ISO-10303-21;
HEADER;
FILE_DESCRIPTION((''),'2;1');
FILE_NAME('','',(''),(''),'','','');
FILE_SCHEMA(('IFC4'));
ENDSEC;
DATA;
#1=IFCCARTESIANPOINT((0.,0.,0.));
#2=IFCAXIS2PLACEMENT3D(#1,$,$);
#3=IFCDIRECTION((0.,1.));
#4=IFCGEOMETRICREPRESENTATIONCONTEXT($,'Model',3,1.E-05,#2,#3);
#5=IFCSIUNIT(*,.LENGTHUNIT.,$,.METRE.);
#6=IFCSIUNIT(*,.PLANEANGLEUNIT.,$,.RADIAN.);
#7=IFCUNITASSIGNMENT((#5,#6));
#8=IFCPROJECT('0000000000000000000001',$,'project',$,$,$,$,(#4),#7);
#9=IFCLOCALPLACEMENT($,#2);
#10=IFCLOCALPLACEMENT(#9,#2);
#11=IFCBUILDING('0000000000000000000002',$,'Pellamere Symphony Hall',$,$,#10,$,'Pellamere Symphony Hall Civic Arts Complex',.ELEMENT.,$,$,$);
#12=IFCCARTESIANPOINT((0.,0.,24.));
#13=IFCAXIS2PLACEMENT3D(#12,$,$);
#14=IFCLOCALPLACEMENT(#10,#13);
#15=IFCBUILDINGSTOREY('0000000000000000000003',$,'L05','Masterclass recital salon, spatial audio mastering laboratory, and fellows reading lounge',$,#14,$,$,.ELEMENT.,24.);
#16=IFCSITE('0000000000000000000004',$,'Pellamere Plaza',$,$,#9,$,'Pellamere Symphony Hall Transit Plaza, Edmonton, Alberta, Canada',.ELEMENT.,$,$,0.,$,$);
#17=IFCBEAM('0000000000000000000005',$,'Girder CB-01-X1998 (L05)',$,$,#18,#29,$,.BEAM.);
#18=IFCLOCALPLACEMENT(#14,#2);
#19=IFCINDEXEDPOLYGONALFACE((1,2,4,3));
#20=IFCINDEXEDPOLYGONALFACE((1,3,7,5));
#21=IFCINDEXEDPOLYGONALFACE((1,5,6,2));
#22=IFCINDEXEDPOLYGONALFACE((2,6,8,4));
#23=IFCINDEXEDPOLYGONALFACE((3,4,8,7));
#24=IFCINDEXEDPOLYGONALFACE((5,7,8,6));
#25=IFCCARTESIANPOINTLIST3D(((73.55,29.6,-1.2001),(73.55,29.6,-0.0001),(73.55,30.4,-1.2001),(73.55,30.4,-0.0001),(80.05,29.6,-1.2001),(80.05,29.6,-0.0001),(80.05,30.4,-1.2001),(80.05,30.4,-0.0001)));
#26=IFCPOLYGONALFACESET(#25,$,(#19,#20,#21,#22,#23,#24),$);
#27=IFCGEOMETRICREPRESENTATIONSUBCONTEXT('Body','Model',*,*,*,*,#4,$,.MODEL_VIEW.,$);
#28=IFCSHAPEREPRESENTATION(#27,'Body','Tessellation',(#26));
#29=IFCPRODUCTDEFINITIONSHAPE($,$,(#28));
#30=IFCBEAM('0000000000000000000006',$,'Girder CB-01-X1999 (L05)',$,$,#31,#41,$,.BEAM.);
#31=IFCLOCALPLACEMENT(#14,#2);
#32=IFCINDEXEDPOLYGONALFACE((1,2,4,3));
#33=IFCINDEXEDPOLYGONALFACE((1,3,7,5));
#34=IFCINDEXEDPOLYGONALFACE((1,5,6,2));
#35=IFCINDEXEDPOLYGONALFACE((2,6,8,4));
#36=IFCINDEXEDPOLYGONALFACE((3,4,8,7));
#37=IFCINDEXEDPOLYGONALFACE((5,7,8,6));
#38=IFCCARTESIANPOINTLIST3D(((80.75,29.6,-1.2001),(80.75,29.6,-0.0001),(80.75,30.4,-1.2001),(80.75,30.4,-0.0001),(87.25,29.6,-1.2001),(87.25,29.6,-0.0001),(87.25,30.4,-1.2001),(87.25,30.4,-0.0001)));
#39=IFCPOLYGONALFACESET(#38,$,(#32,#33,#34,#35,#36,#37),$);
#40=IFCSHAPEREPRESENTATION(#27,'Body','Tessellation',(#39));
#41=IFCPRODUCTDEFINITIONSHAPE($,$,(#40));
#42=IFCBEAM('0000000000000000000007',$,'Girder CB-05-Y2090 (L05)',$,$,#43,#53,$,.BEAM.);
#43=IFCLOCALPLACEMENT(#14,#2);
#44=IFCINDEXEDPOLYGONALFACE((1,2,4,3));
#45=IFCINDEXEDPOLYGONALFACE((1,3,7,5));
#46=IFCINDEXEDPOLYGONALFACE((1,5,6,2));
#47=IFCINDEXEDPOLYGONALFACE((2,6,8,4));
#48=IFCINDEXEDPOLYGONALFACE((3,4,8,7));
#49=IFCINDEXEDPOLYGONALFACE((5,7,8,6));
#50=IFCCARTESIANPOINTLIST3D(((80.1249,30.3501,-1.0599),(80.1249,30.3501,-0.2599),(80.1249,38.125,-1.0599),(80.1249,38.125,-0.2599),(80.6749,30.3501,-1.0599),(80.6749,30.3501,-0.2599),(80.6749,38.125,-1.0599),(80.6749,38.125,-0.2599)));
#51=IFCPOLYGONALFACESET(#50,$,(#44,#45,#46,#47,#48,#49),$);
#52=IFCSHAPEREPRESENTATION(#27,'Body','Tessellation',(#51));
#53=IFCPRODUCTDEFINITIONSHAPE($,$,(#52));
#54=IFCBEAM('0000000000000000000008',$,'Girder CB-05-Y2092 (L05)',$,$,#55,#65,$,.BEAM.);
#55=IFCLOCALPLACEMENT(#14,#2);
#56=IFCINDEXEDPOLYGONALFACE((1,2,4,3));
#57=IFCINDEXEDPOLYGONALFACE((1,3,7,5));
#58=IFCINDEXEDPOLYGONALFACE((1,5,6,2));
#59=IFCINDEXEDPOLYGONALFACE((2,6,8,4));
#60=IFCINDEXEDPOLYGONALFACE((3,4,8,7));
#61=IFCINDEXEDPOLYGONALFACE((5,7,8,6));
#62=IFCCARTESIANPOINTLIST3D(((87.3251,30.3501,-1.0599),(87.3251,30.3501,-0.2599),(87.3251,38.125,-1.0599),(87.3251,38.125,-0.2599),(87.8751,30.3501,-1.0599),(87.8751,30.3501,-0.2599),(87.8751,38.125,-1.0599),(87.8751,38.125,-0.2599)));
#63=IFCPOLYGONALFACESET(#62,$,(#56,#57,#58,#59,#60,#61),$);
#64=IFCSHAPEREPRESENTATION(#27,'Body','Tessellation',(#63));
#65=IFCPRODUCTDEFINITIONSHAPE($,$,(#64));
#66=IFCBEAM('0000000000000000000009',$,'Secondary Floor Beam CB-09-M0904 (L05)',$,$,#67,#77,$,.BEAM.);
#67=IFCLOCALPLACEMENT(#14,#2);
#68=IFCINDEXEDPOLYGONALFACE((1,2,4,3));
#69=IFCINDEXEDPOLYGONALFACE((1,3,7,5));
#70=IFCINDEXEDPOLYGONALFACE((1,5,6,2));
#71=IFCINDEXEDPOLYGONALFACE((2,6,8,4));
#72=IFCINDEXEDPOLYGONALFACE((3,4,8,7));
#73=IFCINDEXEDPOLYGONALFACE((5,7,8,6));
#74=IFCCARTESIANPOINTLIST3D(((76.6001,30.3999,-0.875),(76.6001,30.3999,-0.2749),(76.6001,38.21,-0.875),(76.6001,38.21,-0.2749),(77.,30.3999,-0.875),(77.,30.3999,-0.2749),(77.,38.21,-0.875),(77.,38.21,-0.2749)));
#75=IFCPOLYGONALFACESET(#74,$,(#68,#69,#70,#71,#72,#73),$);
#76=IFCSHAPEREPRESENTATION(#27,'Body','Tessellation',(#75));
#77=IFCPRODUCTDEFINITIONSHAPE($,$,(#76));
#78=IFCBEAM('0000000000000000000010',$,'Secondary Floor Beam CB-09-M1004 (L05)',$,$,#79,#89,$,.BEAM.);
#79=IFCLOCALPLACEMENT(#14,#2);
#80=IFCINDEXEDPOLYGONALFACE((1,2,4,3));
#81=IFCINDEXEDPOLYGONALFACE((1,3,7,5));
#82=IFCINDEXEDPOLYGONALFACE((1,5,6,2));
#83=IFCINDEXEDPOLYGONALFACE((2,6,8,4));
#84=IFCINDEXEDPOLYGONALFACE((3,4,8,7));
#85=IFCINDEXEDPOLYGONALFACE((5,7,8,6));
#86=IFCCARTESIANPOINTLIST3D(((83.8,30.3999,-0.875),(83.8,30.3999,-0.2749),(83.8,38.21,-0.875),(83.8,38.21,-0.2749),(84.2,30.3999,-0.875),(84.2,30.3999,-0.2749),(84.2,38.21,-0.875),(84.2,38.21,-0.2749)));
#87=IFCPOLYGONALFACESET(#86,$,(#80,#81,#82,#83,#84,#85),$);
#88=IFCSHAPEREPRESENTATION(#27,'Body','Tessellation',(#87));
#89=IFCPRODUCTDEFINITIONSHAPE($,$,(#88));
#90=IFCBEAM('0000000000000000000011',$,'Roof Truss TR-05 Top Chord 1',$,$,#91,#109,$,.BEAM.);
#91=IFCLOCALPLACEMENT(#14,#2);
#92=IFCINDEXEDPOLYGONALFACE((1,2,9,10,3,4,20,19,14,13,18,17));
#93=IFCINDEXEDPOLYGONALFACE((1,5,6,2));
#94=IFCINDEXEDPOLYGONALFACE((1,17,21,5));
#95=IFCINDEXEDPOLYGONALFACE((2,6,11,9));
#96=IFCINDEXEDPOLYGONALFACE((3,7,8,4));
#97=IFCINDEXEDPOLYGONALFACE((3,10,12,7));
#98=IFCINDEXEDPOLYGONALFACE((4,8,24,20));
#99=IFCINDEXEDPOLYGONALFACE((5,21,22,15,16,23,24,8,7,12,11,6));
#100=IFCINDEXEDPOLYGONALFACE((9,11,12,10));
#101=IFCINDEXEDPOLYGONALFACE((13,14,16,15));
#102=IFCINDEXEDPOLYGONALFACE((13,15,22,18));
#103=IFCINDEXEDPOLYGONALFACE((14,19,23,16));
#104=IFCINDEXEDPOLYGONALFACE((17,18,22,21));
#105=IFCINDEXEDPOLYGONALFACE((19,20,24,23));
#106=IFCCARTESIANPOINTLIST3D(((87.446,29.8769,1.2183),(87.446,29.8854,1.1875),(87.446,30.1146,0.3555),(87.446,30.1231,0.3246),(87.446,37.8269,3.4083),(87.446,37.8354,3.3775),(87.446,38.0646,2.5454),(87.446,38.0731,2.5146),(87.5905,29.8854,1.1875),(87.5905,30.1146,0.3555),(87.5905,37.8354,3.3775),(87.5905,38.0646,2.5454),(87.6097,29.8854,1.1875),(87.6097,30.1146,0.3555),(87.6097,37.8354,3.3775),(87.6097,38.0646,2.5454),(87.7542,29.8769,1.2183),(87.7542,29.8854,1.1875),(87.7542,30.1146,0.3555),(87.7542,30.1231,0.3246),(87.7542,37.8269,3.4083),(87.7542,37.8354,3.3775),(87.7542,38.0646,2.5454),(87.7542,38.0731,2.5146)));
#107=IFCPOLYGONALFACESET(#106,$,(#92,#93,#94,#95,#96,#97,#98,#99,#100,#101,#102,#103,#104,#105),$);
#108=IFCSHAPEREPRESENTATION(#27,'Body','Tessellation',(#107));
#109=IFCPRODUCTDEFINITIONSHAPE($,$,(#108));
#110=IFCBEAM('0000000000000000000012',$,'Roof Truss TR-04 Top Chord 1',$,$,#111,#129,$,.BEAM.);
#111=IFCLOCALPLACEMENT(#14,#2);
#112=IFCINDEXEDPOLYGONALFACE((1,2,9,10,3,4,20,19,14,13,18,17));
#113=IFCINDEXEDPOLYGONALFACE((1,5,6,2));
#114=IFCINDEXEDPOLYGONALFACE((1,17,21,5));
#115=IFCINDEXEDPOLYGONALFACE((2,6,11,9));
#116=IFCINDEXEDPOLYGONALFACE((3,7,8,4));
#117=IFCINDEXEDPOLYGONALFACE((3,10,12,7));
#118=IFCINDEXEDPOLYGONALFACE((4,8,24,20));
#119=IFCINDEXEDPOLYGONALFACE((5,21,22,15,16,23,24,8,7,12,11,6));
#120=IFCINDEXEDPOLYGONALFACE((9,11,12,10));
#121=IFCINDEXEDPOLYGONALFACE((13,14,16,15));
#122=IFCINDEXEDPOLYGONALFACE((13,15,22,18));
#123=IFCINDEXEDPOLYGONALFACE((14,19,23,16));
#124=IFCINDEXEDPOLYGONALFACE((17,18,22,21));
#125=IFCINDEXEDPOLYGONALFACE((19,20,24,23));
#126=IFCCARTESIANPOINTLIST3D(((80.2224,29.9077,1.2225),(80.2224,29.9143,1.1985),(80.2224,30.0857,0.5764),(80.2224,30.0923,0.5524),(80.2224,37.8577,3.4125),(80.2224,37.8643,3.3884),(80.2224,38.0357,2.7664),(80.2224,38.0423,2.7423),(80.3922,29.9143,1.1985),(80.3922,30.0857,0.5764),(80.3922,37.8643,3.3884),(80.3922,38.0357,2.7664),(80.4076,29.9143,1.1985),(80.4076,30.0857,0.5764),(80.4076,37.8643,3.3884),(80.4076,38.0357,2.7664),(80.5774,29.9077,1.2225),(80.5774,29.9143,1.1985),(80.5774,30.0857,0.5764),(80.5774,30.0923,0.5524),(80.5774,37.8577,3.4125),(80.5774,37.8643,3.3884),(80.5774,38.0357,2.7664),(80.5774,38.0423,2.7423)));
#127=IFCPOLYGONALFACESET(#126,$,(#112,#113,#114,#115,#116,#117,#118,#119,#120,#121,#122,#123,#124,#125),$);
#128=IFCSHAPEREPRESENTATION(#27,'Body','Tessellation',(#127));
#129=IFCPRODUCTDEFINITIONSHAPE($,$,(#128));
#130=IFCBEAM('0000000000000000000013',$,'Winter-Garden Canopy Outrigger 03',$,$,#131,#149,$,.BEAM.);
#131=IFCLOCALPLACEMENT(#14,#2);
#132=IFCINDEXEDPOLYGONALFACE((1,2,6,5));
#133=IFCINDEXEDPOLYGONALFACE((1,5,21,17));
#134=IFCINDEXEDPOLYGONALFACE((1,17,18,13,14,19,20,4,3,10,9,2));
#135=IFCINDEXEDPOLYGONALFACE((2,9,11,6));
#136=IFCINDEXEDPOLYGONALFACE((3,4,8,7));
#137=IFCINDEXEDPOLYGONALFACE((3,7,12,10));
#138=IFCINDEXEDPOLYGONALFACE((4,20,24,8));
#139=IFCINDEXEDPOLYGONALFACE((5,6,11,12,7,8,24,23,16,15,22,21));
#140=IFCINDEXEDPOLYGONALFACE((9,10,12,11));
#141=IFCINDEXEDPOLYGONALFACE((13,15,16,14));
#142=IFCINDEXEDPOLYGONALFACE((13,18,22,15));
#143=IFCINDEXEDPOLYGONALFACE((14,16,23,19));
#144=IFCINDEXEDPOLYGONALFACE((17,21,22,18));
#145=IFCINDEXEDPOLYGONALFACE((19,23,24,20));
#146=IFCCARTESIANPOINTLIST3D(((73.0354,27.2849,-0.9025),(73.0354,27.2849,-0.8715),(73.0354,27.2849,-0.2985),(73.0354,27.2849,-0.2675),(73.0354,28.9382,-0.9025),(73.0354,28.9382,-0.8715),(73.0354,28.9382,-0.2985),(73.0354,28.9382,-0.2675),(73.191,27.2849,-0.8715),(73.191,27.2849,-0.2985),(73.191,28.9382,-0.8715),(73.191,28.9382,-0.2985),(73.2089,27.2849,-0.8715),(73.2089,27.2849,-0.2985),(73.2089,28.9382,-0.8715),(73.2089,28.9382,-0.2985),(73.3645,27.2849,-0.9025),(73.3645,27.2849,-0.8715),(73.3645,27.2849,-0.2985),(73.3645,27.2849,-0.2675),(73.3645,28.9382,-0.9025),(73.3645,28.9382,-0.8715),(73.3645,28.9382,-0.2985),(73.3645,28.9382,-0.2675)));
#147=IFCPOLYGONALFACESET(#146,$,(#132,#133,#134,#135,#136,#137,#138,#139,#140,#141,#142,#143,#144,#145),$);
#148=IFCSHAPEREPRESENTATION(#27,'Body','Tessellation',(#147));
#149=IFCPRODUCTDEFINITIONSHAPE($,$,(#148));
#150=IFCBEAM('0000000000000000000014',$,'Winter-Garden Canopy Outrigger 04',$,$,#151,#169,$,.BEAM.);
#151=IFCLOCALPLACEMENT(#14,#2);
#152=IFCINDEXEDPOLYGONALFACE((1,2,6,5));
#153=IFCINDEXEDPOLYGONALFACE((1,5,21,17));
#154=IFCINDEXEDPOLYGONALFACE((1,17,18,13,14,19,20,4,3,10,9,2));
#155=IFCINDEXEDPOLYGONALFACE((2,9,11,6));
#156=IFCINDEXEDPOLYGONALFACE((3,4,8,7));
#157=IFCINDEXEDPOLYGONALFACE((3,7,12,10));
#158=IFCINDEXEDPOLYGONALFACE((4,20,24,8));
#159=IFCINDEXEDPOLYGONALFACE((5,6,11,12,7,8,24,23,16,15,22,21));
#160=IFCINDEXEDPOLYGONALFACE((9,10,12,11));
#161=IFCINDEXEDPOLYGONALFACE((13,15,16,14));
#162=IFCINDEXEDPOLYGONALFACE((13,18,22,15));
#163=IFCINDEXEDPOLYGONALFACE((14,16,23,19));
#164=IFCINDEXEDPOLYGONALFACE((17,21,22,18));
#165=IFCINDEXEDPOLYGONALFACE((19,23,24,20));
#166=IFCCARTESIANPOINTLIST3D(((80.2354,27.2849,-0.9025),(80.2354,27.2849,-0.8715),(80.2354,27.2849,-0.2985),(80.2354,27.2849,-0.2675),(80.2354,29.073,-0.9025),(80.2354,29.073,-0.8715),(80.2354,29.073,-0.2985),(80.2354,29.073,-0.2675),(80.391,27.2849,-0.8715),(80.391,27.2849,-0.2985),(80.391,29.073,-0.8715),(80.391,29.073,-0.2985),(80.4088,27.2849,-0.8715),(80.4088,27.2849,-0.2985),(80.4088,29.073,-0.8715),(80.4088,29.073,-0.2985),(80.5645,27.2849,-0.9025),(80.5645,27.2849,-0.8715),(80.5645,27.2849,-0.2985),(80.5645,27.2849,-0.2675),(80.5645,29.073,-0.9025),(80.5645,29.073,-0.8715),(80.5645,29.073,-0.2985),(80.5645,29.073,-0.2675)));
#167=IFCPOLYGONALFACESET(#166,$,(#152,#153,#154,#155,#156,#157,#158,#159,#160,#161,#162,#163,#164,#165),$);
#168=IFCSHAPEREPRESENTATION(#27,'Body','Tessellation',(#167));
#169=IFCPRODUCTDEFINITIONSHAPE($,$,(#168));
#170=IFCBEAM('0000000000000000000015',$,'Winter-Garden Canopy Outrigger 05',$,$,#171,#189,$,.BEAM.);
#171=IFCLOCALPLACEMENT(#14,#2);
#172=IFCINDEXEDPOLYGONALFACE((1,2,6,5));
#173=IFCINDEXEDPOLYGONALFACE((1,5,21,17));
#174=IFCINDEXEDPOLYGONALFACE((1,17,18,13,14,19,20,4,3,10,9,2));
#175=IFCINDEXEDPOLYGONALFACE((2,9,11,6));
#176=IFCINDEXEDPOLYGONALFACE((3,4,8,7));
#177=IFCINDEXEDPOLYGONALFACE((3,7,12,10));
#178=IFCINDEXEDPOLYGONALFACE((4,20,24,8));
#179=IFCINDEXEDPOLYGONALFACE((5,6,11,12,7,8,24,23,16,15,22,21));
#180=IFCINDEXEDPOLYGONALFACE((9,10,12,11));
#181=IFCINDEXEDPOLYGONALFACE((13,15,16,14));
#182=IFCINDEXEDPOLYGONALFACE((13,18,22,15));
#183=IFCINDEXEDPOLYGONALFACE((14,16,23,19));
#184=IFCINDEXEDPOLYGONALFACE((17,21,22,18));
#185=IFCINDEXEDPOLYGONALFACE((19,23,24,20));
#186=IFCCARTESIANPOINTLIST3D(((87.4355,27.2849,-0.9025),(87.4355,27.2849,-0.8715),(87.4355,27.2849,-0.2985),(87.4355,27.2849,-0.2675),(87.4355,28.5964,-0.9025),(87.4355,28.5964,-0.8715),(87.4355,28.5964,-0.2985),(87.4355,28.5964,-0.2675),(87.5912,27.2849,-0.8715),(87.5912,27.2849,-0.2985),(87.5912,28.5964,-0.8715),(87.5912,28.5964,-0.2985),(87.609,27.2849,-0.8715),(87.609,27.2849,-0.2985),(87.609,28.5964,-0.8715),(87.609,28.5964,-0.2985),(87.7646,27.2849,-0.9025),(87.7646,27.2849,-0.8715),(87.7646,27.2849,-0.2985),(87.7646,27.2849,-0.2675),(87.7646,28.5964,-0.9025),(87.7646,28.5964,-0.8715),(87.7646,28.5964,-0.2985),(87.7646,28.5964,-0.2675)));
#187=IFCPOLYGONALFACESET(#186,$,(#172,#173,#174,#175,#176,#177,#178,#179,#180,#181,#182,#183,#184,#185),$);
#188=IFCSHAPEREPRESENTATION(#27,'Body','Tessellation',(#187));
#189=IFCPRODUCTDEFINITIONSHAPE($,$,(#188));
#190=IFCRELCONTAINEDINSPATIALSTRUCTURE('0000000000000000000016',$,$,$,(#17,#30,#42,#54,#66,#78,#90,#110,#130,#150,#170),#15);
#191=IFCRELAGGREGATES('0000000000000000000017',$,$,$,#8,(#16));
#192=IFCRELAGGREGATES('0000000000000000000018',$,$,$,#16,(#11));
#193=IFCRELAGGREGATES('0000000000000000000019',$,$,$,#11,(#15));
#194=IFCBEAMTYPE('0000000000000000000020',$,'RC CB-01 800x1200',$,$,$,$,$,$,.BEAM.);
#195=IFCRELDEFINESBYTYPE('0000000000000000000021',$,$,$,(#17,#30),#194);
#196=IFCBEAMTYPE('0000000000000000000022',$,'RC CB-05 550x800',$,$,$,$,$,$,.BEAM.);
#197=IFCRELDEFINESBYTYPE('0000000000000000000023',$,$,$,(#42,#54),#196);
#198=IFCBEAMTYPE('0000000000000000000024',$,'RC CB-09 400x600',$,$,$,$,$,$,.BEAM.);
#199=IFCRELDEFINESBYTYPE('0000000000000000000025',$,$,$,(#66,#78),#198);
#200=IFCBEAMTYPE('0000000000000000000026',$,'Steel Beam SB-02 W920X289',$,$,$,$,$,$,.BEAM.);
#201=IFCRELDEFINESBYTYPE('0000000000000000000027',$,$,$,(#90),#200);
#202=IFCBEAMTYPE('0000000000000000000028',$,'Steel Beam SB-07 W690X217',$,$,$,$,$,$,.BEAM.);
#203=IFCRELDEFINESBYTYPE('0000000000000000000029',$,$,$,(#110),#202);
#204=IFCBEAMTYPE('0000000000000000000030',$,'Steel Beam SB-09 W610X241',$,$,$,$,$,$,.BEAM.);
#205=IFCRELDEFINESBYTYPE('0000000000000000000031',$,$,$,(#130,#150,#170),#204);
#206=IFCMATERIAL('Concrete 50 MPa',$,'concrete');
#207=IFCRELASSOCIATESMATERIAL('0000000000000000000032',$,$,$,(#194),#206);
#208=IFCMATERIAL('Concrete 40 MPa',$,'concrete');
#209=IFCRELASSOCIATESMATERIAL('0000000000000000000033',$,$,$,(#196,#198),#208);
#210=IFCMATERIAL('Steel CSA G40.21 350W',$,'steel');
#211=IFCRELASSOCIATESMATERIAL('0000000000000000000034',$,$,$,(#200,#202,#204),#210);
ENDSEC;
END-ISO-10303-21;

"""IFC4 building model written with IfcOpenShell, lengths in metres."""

from ifc_helpers import new_model, si_unit, direction, frame, origin, origin_2d, place, context, subcontext, project, spatial, rectangle, i_section, extrude, material, material_profile, profile_set, type_object, element, save


model = new_model("IFC4")

# Units and contexts
model_context = context("Model", 3, precision=1e-05, world=origin(), true_north=direction((0.0, 1.0)))
body_context = subcontext(model_context, "Body", "Model", "MODEL_VIEW")
ifc_project = project(units=[si_unit("LENGTHUNIT", "METRE"), si_unit("PLANEANGLEUNIT", "RADIAN")], contexts=[model_context])

# Site, building, storey
site_placement = place(None, origin())
site = spatial("IfcSite", under=ifc_project, at=site_placement, Name="Pellamere Plaza", LongName="Pellamere Symphony Hall Transit Plaza, Edmonton, Alberta, Canada", CompositionType="ELEMENT", RefElevation=0.0)
building_placement = place(site_placement, origin())
building = spatial("IfcBuilding", under=site, at=building_placement, Name="Pellamere Symphony Hall", LongName="Pellamere Symphony Hall Civic Arts Complex", CompositionType="ELEMENT")
storey_placement = place(building_placement, frame((0.0, 0.0, 24.0)))
storey = spatial("IfcBuildingStorey", under=building, at=storey_placement, Name="L05", Description="Masterclass recital salon, spatial audio mastering laboratory, and fellows reading lounge", CompositionType="ELEMENT", Elevation=24.0)

# Beams
ifc_material_1 = material(Name="Concrete 50 MPa", Category="concrete")
ifc_material_profile_1 = material_profile(ifc_material_1, rectangle(XDim=0.8, YDim=1.2, at=origin_2d()), Name="RC 800x1200")
ifc_profile_set_1 = profile_set([ifc_material_profile_1], Name="Concrete 50 MPa")
beam_type_1 = type_object("IfcBeamType", Name="RC CB-01 800x1200", PredefinedType="BEAM", material=ifc_profile_set_1)
for number, where, z_axis, x_axis, name in (
    (1, (73.55, 30.0, -0.6001), (1.0, 0.0, 0.0), (0.0, 1.0, 0.0), "Girder CB-01-X1998 (L05)"),
    (2, (80.75, 30.0, -0.6001), (1.0, 0.0, 0.0), (0.0, 1.0, 0.0), "Girder CB-01-X1999 (L05)"),
):
    element("IfcBeam", number, at=place(storey_placement, frame(where, z_axis=z_axis, x_axis=x_axis)), inside=storey, type_object=beam_type_1, Name=name, PredefinedType="BEAM", context=body_context, shape_type="SweptSolid", body=[
        extrude(rectangle(XDim=0.8, YDim=1.2, at=origin_2d()), origin(), (0.0, 0.0, 1.0), 6.5),
    ])
ifc_material_2 = material(Name="Concrete 40 MPa", Category="concrete")
ifc_material_profile_2 = material_profile(ifc_material_2, rectangle(XDim=0.55, YDim=0.8, at=origin_2d()), Name="RC 550x800")
ifc_profile_set_2 = profile_set([ifc_material_profile_2], Name="Concrete 40 MPa")
beam_type_2 = type_object("IfcBeamType", Name="RC CB-05 550x800", PredefinedType="BEAM", material=ifc_profile_set_2)
for number, where, z_axis, x_axis, name in (
    (3, (80.3999, 30.3501, -0.6599), (0.0, 1.0, 0.0), (-1.0, 0.0, 0.0), "Girder CB-05-Y2090 (L05)"),
    (4, (87.6001, 30.3501, -0.6599), (0.0, 1.0, 0.0), (-1.0, 0.0, 0.0), "Girder CB-05-Y2092 (L05)"),
):
    element("IfcBeam", number, at=place(storey_placement, frame(where, z_axis=z_axis, x_axis=x_axis)), inside=storey, type_object=beam_type_2, Name=name, PredefinedType="BEAM", context=body_context, shape_type="SweptSolid", body=[
        extrude(rectangle(XDim=0.55, YDim=0.8, at=origin_2d()), origin(), (0.0, 0.0, 1.0), 7.7749),
    ])
ifc_material_profile_3 = material_profile(ifc_material_2, rectangle(XDim=0.3999, YDim=0.6001, at=origin_2d()), Name="RC 400x600")
ifc_profile_set_3 = profile_set([ifc_material_profile_3], Name="Concrete 40 MPa")
beam_type_3 = type_object("IfcBeamType", Name="RC CB-09 400x600", PredefinedType="BEAM", material=ifc_profile_set_3)
for number, where, z_axis, x_axis, name in (
    (5, (76.8, 30.3999, -0.575), (0.0, 1.0, 0.0), (-1.0, 0.0, 0.0), "Secondary Floor Beam CB-09-M0904 (L05)"),
    (6, (84.0, 30.3999, -0.575), (0.0, 1.0, 0.0), (-1.0, 0.0, 0.0), "Secondary Floor Beam CB-09-M1004 (L05)"),
):
    element("IfcBeam", number, at=place(storey_placement, frame(where, z_axis=z_axis, x_axis=x_axis)), inside=storey, type_object=beam_type_3, Name=name, PredefinedType="BEAM", context=body_context, shape_type="SweptSolid", body=[
        extrude(rectangle(XDim=0.3999, YDim=0.6001, at=origin_2d()), origin(), (0.0, 0.0, 1.0), 7.8101),
    ])
ifc_material_3 = material(Name="Steel CSA G40.21 350W", Category="steel")
ifc_material_profile_4 = material_profile(ifc_material_3, i_section(OverallWidth=0.3081, OverallDepth=0.927, WebThickness=0.0193, FlangeThickness=0.032, at=origin_2d()), Name="W920X289")
ifc_profile_set_4 = profile_set([ifc_material_profile_4], Name="Steel CSA G40.21 350W")
beam_type_4 = type_object("IfcBeamType", Name="Steel Beam SB-02 W920X289", PredefinedType="BEAM", material=ifc_profile_set_4)
beam_1_placement = place(storey_placement, frame((87.6001, 30.0, 0.7715), z_axis=(0.0, 0.96409, 0.265574), x_axis=(-1.0, 0.0, 0.0)))
element("IfcBeam", 7, at=beam_1_placement, inside=storey, type_object=beam_type_4, Name="Roof Truss TR-05 Top Chord 1", PredefinedType="BEAM", context=body_context, shape_type="SweptSolid", body=[
    extrude(i_section(OverallWidth=0.3081, OverallDepth=0.927, WebThickness=0.0193, FlangeThickness=0.032, at=origin_2d()), origin(), (0.0, 0.0, 1.0), 8.2461),
])
ifc_material_profile_5 = material_profile(ifc_material_3, i_section(OverallWidth=0.355, OverallDepth=0.6951, WebThickness=0.0154, FlangeThickness=0.0249, at=origin_2d()), Name="W690X217")
ifc_profile_set_5 = profile_set([ifc_material_profile_5], Name="Steel CSA G40.21 350W")
beam_type_5 = type_object("IfcBeamType", Name="Steel Beam SB-07 W690X217", PredefinedType="BEAM", material=ifc_profile_set_5)
beam_2_placement = place(storey_placement, frame((80.3999, 30.0, 0.8875), z_axis=(0.0, 0.96409, 0.265574), x_axis=(-1.0, 0.0, 0.0)))
element("IfcBeam", 8, at=beam_2_placement, inside=storey, type_object=beam_type_5, Name="Roof Truss TR-04 Top Chord 1", PredefinedType="BEAM", context=body_context, shape_type="SweptSolid", body=[
    extrude(i_section(OverallWidth=0.355, OverallDepth=0.6951, WebThickness=0.0154, FlangeThickness=0.0249, at=origin_2d()), origin(), (0.0, 0.0, 1.0), 8.2461),
])
ifc_material_profile_6 = material_profile(ifc_material_3, i_section(OverallWidth=0.3291, OverallDepth=0.635, WebThickness=0.0178, FlangeThickness=0.031, at=origin_2d()), Name="W610X241")
ifc_profile_set_6 = profile_set([ifc_material_profile_6], Name="Steel CSA G40.21 350W")
beam_type_6 = type_object("IfcBeamType", Name="Steel Beam SB-09 W610X241", PredefinedType="BEAM", material=ifc_profile_set_6)
beam_3_placement = place(storey_placement, frame((73.2, 27.2849, -0.585), z_axis=(0.0, 1.0, 0.0), x_axis=(-1.0, 0.0, 0.0)))
element("IfcBeam", 9, at=beam_3_placement, inside=storey, type_object=beam_type_6, Name="Winter-Garden Canopy Outrigger 03", PredefinedType="BEAM", context=body_context, shape_type="SweptSolid", body=[
    extrude(i_section(OverallWidth=0.3291, OverallDepth=0.635, WebThickness=0.0178, FlangeThickness=0.031, at=origin_2d()), origin(), (0.0, 0.0, 1.0), 1.6533),
])
beam_4_placement = place(storey_placement, frame((80.3999, 27.2849, -0.585), z_axis=(0.0, 1.0, 0.0), x_axis=(-1.0, 0.0, 0.0)))
element("IfcBeam", 10, at=beam_4_placement, inside=storey, type_object=beam_type_6, Name="Winter-Garden Canopy Outrigger 04", PredefinedType="BEAM", context=body_context, shape_type="SweptSolid", body=[
    extrude(i_section(OverallWidth=0.3291, OverallDepth=0.635, WebThickness=0.0178, FlangeThickness=0.031, at=origin_2d()), origin(), (0.0, 0.0, 1.0), 1.7881),
])
beam_5_placement = place(storey_placement, frame((87.6001, 27.2849, -0.585), z_axis=(0.0, 1.0, 0.0), x_axis=(-1.0, 0.0, 0.0)))
element("IfcBeam", 11, at=beam_5_placement, inside=storey, type_object=beam_type_6, Name="Winter-Garden Canopy Outrigger 05", PredefinedType="BEAM", context=body_context, shape_type="SweptSolid", body=[
    extrude(i_section(OverallWidth=0.3291, OverallDepth=0.635, WebThickness=0.0178, FlangeThickness=0.031, at=origin_2d()), origin(), (0.0, 0.0, 1.0), 1.3115),
])

save(model, "model.ifc")
